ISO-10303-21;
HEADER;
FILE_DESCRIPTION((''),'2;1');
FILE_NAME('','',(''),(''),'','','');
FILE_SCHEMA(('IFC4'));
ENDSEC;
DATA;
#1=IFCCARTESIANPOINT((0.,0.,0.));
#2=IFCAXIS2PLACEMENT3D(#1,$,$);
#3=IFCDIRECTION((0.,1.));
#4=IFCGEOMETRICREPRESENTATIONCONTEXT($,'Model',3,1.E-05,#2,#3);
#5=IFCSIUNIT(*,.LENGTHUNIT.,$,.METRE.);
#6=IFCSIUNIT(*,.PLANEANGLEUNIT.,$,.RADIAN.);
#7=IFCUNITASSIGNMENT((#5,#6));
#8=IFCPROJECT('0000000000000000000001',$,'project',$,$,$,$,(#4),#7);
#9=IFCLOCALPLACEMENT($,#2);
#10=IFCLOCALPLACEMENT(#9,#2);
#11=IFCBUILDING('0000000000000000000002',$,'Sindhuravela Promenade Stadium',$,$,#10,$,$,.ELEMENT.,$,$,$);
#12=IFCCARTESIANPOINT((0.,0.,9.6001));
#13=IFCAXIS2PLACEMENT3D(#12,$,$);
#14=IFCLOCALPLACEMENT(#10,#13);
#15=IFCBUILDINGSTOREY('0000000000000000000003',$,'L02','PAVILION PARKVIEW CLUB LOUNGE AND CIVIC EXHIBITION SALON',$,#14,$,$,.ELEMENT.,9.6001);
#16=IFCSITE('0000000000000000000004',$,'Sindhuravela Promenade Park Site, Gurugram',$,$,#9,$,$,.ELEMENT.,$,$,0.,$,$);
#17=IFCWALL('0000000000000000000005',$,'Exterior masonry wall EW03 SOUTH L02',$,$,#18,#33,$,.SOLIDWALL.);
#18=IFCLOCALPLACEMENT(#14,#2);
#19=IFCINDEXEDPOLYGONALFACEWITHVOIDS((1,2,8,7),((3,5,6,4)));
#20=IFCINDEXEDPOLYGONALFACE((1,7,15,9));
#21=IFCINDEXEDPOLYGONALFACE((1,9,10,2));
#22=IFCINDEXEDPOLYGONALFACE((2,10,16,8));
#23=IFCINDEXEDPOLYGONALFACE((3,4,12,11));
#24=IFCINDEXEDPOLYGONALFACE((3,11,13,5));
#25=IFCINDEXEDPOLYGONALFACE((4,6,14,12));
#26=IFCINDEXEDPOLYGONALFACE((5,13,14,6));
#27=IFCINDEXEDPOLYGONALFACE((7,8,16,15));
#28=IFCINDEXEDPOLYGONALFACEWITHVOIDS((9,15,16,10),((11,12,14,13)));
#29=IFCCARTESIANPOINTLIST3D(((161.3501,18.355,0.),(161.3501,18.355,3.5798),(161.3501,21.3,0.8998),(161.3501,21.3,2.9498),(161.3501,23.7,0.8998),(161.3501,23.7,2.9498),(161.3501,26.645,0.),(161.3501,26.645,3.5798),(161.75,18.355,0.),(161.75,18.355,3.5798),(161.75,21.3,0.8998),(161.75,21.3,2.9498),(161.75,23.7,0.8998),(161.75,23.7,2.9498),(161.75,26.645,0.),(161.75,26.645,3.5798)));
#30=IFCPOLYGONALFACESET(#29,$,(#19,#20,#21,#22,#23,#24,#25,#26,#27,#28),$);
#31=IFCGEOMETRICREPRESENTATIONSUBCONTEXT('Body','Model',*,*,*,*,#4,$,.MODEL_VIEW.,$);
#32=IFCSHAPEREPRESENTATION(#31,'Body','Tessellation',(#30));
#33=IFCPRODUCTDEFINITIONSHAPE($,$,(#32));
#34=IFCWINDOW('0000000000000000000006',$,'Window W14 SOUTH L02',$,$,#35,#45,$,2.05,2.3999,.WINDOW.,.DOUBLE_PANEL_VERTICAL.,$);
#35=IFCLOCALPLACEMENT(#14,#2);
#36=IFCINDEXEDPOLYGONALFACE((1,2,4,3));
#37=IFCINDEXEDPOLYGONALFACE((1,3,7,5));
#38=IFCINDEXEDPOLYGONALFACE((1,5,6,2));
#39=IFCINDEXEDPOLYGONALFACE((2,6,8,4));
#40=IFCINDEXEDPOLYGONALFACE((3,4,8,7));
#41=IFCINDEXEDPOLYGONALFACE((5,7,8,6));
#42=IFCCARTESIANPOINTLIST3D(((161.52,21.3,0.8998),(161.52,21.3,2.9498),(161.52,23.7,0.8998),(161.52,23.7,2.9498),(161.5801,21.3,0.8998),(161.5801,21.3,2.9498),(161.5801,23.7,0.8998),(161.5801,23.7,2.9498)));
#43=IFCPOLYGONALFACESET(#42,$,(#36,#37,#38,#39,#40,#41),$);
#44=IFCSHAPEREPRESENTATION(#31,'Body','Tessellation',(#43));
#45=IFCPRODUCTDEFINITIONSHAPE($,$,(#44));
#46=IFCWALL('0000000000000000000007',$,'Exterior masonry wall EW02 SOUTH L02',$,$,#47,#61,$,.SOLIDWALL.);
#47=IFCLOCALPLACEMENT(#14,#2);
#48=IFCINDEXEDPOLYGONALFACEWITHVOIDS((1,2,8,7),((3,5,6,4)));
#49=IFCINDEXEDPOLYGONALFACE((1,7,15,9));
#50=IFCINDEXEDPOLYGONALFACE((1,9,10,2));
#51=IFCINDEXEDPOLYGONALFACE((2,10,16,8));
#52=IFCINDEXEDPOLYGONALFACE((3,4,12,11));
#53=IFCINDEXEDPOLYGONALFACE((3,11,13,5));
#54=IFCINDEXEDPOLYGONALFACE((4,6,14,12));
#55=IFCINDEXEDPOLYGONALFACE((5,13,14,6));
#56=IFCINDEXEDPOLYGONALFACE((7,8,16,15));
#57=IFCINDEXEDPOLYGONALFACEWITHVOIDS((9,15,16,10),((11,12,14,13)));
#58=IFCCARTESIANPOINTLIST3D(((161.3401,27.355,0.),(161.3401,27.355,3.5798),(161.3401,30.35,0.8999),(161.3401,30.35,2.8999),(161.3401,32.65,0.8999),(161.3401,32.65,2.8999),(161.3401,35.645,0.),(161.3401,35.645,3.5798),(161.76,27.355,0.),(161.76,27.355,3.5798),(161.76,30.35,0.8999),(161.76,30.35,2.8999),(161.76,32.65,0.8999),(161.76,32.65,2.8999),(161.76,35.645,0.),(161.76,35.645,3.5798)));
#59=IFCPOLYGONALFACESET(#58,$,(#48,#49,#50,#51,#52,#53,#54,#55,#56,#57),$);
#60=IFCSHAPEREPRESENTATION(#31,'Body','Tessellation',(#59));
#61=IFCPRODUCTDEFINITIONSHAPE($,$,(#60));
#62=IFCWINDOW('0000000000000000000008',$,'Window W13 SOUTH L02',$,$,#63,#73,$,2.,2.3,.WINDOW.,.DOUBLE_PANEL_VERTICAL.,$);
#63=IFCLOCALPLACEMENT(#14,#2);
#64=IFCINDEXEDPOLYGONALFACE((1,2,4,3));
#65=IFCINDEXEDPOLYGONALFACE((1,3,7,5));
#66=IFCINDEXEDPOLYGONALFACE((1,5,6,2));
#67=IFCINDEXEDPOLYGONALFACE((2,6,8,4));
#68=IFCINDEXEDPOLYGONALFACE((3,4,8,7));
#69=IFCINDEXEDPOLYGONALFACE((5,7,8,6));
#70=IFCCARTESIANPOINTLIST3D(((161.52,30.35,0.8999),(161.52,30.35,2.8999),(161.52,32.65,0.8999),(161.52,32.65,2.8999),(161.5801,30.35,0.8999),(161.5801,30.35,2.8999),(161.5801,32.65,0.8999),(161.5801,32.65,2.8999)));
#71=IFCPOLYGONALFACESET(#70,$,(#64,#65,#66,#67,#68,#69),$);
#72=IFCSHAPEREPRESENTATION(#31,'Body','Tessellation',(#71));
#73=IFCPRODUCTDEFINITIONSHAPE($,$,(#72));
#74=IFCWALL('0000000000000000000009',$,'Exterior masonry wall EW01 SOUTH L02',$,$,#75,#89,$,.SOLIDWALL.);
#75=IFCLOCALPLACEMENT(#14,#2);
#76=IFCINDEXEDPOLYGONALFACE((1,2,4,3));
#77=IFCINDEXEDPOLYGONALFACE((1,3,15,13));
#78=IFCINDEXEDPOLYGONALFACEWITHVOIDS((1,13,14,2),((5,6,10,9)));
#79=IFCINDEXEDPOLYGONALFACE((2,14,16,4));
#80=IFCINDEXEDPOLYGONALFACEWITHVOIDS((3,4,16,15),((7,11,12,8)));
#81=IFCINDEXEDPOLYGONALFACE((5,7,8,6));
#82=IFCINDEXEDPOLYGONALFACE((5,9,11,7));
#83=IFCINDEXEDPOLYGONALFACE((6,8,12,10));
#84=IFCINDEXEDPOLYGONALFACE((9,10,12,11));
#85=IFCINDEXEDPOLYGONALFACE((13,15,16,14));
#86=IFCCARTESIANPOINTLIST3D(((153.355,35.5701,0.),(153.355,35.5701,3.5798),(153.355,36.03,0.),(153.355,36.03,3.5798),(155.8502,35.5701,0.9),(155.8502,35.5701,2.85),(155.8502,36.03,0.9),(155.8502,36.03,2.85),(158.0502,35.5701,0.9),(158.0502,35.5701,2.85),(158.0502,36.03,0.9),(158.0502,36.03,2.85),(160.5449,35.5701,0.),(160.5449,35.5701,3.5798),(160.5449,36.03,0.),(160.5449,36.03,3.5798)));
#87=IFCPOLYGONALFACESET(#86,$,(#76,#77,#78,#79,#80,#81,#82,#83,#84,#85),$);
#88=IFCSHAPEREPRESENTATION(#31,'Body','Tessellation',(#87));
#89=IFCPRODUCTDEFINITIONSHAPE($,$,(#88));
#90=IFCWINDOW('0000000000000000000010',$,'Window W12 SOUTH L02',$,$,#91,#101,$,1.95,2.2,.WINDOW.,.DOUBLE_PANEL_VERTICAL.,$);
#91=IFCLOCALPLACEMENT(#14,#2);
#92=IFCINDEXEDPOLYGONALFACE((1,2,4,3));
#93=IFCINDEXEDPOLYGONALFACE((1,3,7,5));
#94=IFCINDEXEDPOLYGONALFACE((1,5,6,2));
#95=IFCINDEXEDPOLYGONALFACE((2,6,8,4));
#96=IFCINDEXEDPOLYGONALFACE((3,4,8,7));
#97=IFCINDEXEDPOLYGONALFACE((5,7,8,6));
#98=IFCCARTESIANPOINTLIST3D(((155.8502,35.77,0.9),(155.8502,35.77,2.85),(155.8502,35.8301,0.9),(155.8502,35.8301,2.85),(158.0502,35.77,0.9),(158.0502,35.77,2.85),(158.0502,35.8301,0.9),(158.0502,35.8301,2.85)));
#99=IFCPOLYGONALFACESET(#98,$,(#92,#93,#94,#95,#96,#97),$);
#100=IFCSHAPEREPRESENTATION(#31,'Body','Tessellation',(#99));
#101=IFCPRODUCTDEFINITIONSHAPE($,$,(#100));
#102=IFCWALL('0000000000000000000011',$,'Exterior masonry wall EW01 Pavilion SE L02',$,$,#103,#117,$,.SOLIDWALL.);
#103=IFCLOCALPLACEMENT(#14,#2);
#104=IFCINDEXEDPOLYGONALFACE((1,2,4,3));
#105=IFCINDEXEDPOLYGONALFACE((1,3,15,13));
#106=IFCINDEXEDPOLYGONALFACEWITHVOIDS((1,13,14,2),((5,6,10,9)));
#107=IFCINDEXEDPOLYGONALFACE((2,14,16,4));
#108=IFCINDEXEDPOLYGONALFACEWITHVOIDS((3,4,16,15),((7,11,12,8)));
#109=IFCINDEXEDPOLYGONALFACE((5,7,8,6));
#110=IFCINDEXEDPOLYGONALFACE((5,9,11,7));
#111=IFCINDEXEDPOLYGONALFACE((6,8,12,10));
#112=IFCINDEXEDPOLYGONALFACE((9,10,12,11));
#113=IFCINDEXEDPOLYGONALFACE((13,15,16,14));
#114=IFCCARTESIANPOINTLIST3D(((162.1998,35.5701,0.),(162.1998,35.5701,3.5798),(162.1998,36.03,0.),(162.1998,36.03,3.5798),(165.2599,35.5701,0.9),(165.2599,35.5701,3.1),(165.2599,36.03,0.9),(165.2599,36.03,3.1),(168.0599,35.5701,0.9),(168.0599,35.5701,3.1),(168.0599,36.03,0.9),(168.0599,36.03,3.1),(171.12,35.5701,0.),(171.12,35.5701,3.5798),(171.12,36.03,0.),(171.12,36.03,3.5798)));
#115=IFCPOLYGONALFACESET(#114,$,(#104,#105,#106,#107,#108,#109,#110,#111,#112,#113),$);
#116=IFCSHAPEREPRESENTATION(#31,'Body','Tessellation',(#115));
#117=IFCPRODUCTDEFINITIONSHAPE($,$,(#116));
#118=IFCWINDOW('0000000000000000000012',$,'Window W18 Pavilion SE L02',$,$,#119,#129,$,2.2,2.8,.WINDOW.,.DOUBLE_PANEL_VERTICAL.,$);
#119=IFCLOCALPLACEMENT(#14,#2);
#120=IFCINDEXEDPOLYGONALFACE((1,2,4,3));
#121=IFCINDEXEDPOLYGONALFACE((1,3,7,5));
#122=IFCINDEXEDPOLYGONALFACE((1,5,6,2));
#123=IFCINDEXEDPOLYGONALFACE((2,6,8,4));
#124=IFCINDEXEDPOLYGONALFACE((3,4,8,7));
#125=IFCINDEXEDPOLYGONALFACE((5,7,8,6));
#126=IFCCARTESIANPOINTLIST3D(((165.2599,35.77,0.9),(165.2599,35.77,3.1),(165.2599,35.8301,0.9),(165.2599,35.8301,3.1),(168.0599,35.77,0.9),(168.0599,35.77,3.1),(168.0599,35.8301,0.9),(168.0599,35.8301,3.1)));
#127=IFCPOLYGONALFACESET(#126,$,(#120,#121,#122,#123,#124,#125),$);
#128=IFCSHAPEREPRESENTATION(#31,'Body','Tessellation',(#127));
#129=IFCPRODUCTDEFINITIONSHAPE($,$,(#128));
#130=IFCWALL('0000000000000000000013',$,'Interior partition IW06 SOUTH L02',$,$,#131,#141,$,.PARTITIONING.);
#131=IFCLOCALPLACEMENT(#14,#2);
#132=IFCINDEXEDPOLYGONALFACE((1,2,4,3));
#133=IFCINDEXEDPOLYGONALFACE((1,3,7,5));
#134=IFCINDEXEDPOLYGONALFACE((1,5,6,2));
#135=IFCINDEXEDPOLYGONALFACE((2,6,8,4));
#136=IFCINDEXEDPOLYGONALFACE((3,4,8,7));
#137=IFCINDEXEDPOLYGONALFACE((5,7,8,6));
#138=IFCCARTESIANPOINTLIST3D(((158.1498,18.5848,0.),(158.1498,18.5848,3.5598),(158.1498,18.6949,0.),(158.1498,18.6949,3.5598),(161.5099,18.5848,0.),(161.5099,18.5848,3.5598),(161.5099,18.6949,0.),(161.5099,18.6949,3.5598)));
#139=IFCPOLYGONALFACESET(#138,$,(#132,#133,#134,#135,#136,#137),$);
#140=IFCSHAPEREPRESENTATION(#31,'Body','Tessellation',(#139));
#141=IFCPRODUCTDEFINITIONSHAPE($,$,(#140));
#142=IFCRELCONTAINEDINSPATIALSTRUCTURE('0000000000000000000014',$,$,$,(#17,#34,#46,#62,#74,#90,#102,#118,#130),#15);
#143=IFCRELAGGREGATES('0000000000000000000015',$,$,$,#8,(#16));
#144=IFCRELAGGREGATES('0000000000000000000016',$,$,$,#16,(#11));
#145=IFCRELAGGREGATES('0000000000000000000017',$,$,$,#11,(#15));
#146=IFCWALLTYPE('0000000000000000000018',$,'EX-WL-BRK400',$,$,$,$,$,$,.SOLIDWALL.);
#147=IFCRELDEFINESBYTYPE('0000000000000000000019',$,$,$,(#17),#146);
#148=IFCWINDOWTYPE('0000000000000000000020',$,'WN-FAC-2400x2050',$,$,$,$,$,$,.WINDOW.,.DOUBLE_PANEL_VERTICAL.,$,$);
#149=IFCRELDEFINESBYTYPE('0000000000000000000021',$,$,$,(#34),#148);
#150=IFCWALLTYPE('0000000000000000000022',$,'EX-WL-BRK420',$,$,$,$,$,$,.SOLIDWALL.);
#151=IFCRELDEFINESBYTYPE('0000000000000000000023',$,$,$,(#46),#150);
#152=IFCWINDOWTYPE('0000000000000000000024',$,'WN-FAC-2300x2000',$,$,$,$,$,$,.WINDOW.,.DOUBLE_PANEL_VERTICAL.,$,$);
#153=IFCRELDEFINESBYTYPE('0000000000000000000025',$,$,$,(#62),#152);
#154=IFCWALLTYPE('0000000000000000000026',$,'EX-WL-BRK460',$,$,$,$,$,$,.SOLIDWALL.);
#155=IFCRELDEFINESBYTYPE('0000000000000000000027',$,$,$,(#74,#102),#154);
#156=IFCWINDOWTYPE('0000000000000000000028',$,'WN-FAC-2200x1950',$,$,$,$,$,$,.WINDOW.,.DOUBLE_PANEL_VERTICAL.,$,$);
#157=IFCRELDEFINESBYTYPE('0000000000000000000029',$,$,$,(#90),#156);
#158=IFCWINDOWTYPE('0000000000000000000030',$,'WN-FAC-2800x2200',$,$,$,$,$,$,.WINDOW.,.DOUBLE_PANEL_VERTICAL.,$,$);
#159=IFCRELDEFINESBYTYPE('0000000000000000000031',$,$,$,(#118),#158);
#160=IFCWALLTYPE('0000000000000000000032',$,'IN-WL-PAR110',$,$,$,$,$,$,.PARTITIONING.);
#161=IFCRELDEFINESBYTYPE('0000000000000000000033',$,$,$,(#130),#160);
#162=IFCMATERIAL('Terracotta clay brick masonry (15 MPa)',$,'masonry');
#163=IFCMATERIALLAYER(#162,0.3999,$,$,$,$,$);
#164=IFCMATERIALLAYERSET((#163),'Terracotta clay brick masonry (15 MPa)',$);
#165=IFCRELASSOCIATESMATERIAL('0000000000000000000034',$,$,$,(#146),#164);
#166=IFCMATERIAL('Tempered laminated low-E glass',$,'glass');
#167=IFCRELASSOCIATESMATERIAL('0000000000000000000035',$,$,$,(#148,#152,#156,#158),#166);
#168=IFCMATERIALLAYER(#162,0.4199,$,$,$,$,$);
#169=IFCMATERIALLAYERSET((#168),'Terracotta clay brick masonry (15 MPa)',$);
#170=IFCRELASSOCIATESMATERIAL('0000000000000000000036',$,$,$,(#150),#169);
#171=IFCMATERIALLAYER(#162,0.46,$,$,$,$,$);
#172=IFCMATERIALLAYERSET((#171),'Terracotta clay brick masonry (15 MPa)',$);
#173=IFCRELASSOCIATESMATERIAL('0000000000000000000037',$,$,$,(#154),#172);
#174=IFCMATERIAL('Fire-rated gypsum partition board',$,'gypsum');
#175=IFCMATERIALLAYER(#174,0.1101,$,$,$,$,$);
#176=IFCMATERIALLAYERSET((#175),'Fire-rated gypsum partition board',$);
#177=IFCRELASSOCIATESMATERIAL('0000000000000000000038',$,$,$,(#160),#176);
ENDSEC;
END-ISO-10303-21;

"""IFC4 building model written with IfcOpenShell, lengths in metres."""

from ifc_helpers import new_model, si_unit, direction, frame, frame_2d, origin, place, context, subcontext, project, spatial, rectangle, extrude, material, layer, layer_set, type_object, element, fill, save


model = new_model("IFC4")

# Units and contexts
model_context = context("Model", 3, precision=1e-05, world=origin(), true_north=direction((0.0, 1.0)))
body_context = subcontext(model_context, "Body", "Model", "MODEL_VIEW")
ifc_project = project(units=[si_unit("LENGTHUNIT", "METRE"), si_unit("PLANEANGLEUNIT", "RADIAN")], contexts=[model_context])

# Site, building, storey
site_placement = place(None, origin())
site = spatial("IfcSite", under=ifc_project, at=site_placement, Name="Sindhuravela Promenade Park Site, Gurugram", CompositionType="ELEMENT", RefElevation=0.0)
building_placement = place(site_placement, origin())
building = spatial("IfcBuilding", under=site, at=building_placement, Name="Sindhuravela Promenade Stadium", CompositionType="ELEMENT")
storey_placement = place(building_placement, frame((0.0, 0.0, 9.6001)))
storey = spatial("IfcBuildingStorey", under=building, at=storey_placement, Name="L02", Description="PAVILION PARKVIEW CLUB LOUNGE AND CIVIC EXHIBITION SALON", CompositionType="ELEMENT", Elevation=9.6001)

# Walls, openings, windows
ifc_material_1 = material(Name="Terracotta clay brick masonry (15 MPa)", Category="masonry")
ifc_material_2 = material(Name="Tempered laminated low-E glass", Category="glass")
ifc_layer_1 = layer(ifc_material_1, 0.3999)
ifc_layer_set_1 = layer_set([ifc_layer_1], Name="Terracotta clay brick masonry (15 MPa)")
wall_type_1 = type_object("IfcWallType", Name="EX-WL-BRK400", PredefinedType="SOLIDWALL", material=ifc_layer_set_1)
wall_1_placement = place(storey_placement, frame((161.55, 26.645, 0.0), z_axis=(0.0, 0.0, 1.0), x_axis=(0.0, -1.0, 0.0)))
wall_1 = element("IfcWall", 1, at=wall_1_placement, inside=storey, type_object=wall_type_1, Name="Exterior masonry wall EW03 SOUTH L02", PredefinedType="SOLIDWALL", context=body_context, shape_type="SweptSolid", body=[
    extrude(rectangle(XDim=8.29, YDim=0.3999, at=frame_2d((4.145, 0.0))), origin(), (0.0, 0.0, 1.0), 3.5798),
])
opening_1_placement = place(wall_1_placement, frame((2.9451, 0.0, 0.8999)))
opening_1 = element("IfcOpeningElement", 2, at=opening_1_placement, cuts=wall_1, PredefinedType="OPENING", context=body_context, shape_type="SweptSolid", body=[
    extrude(rectangle(XDim=2.3999, YDim=2.05, at=frame_2d((1.2, 1.0249))), frame((0.0, 0.21, 0.0), z_axis=(0.0, -1.0, 0.0), x_axis=(1.0, 0.0, 0.0)), (0.0, 0.0, 1.0), 0.4199),
])
window_type_1 = type_object("IfcWindowType", Name="WN-FAC-2400x2050", PartitioningType="DOUBLE_PANEL_VERTICAL", PredefinedType="WINDOW", material=ifc_material_2)
window_1_placement = place(opening_1_placement, origin())
window_1 = element("IfcWindow", 3, at=window_1_placement, inside=storey, type_object=window_type_1, Name="Window W14 SOUTH L02", OverallHeight=2.05, OverallWidth=2.3999, PartitioningType="DOUBLE_PANEL_VERTICAL", PredefinedType="WINDOW", context=body_context, shape_type="SweptSolid", body=[
    extrude(rectangle(XDim=2.3999, YDim=2.05, at=frame_2d((1.2, 1.0249))), frame((0.0, 0.03, 0.0), z_axis=(0.0, -1.0, 0.0), x_axis=(1.0, 0.0, 0.0)), (0.0, 0.0, 1.0), 0.0601),
])
fill(opening_1, window_1)
ifc_layer_2 = layer(ifc_material_1, 0.4199)
ifc_layer_set_2 = layer_set([ifc_layer_2], Name="Terracotta clay brick masonry (15 MPa)")
wall_type_2 = type_object("IfcWallType", Name="EX-WL-BRK420", PredefinedType="SOLIDWALL", material=ifc_layer_set_2)
wall_2_placement = place(storey_placement, frame((161.55, 35.645, 0.0), z_axis=(0.0, 0.0, 1.0), x_axis=(0.0, -1.0, 0.0)))
wall_2 = element("IfcWall", 4, at=wall_2_placement, inside=storey, type_object=wall_type_2, Name="Exterior masonry wall EW02 SOUTH L02", PredefinedType="SOLIDWALL", context=body_context, shape_type="SweptSolid", body=[
    extrude(rectangle(XDim=8.29, YDim=0.4199, at=frame_2d((4.145, 0.0))), origin(), (0.0, 0.0, 1.0), 3.5798),
])
opening_2_placement = place(wall_2_placement, frame((2.9951, 0.0, 0.8999)))
opening_2 = element("IfcOpeningElement", 5, at=opening_2_placement, cuts=wall_2, PredefinedType="OPENING", context=body_context, shape_type="SweptSolid", body=[
    extrude(rectangle(XDim=2.3, YDim=2.0, at=frame_2d((1.1499, 1.0))), frame((0.0, 0.22, 0.0), z_axis=(0.0, -1.0, 0.0), x_axis=(1.0, 0.0, 0.0)), (0.0, 0.0, 1.0), 0.4399),
])
window_type_2 = type_object("IfcWindowType", Name="WN-FAC-2300x2000", PartitioningType="DOUBLE_PANEL_VERTICAL", PredefinedType="WINDOW", material=ifc_material_2)
window_2_placement = place(opening_2_placement, origin())
window_2 = element("IfcWindow", 6, at=window_2_placement, inside=storey, type_object=window_type_2, Name="Window W13 SOUTH L02", OverallHeight=2.0, OverallWidth=2.3, PartitioningType="DOUBLE_PANEL_VERTICAL", PredefinedType="WINDOW", context=body_context, shape_type="SweptSolid", body=[
    extrude(rectangle(XDim=2.3, YDim=2.0, at=frame_2d((1.1499, 1.0))), frame((0.0, 0.03, 0.0), z_axis=(0.0, -1.0, 0.0), x_axis=(1.0, 0.0, 0.0)), (0.0, 0.0, 1.0), 0.0601),
])
fill(opening_2, window_2)
ifc_layer_3 = layer(ifc_material_1, 0.46)
ifc_layer_set_3 = layer_set([ifc_layer_3], Name="Terracotta clay brick masonry (15 MPa)")
wall_type_3 = type_object("IfcWallType", Name="EX-WL-BRK460", PredefinedType="SOLIDWALL", material=ifc_layer_set_3)
wall_3_placement = place(storey_placement, frame((153.355, 35.8, 0.0), z_axis=(0.0, 0.0, 1.0), x_axis=(1.0, 0.0, 0.0)))
wall_3 = element("IfcWall", 7, at=wall_3_placement, inside=storey, type_object=wall_type_3, Name="Exterior masonry wall EW01 SOUTH L02", PredefinedType="SOLIDWALL", context=body_context, shape_type="SweptSolid", body=[
    extrude(rectangle(XDim=7.1899, YDim=0.46, at=frame_2d((3.595, 0.0))), origin(), (0.0, 0.0, 1.0), 3.5798),
])
opening_3_placement = place(wall_3_placement, frame((2.4951, 0.0, 0.8999)))
opening_3 = element("IfcOpeningElement", 8, at=opening_3_placement, cuts=wall_3, PredefinedType="OPENING", context=body_context, shape_type="SweptSolid", body=[
    extrude(rectangle(XDim=2.2, YDim=1.95, at=frame_2d((1.1001, 0.9751))), frame((0.0, 0.24, 0.0), z_axis=(0.0, -1.0, 0.0), x_axis=(1.0, 0.0, 0.0)), (0.0, 0.0, 1.0), 0.48),
])
window_type_3 = type_object("IfcWindowType", Name="WN-FAC-2200x1950", PartitioningType="DOUBLE_PANEL_VERTICAL", PredefinedType="WINDOW", material=ifc_material_2)
window_3_placement = place(opening_3_placement, origin())
window_3 = element("IfcWindow", 9, at=window_3_placement, inside=storey, type_object=window_type_3, Name="Window W12 SOUTH L02", OverallHeight=1.95, OverallWidth=2.2, PartitioningType="DOUBLE_PANEL_VERTICAL", PredefinedType="WINDOW", context=body_context, shape_type="SweptSolid", body=[
    extrude(rectangle(XDim=2.2, YDim=1.95, at=frame_2d((1.1001, 0.9751))), frame((0.0, 0.03, 0.0), z_axis=(0.0, -1.0, 0.0), x_axis=(1.0, 0.0, 0.0)), (0.0, 0.0, 1.0), 0.0601),
])
fill(opening_3, window_3)
wall_4_placement = place(storey_placement, frame((162.2, 35.8, 0.0), z_axis=(0.0, 0.0, 1.0), x_axis=(1.0, 0.0, 0.0)))
wall_4 = element("IfcWall", 10, at=wall_4_placement, inside=storey, type_object=wall_type_3, Name="Exterior masonry wall EW01 Pavilion SE L02", PredefinedType="SOLIDWALL", context=body_context, shape_type="SweptSolid", body=[
    extrude(rectangle(XDim=8.9202, YDim=0.46, at=frame_2d((4.46, 0.0))), origin(), (0.0, 0.0, 1.0), 3.5798),
])
opening_4_placement = place(wall_4_placement, frame((3.0601, 0.0, 0.8999)))
opening_4 = element("IfcOpeningElement", 11, at=opening_4_placement, cuts=wall_4, PredefinedType="OPENING", context=body_context, shape_type="SweptSolid", body=[
    extrude(rectangle(XDim=2.8, YDim=2.2, at=frame_2d((1.3999, 1.1001))), frame((0.0, 0.24, 0.0), z_axis=(0.0, -1.0, 0.0), x_axis=(1.0, 0.0, 0.0)), (0.0, 0.0, 1.0), 0.48),
])
window_type_4 = type_object("IfcWindowType", Name="WN-FAC-2800x2200", PartitioningType="DOUBLE_PANEL_VERTICAL", PredefinedType="WINDOW", material=ifc_material_2)
window_4_placement = place(opening_4_placement, origin())
window_4 = element("IfcWindow", 12, at=window_4_placement, inside=storey, type_object=window_type_4, Name="Window W18 Pavilion SE L02", OverallHeight=2.2, OverallWidth=2.8, PartitioningType="DOUBLE_PANEL_VERTICAL", PredefinedType="WINDOW", context=body_context, shape_type="SweptSolid", body=[
    extrude(rectangle(XDim=2.8, YDim=2.2, at=frame_2d((1.3999, 1.1001))), frame((0.0, 0.03, 0.0), z_axis=(0.0, -1.0, 0.0), x_axis=(1.0, 0.0, 0.0)), (0.0, 0.0, 1.0), 0.0601),
])
fill(opening_4, window_4)

# Wall
ifc_material_3 = material(Name="Fire-rated gypsum partition board", Category="gypsum")
ifc_layer_4 = layer(ifc_material_3, 0.1101)
ifc_layer_set_4 = layer_set([ifc_layer_4], Name="Fire-rated gypsum partition board")
wall_type_4 = type_object("IfcWallType", Name="IN-WL-PAR110", PredefinedType="PARTITIONING", material=ifc_layer_set_4)
wall_5_placement = place(storey_placement, frame((161.51, 18.6399, 0.0), z_axis=(0.0, 0.0, 1.0), x_axis=(-1.0, 0.0, 0.0)))
element("IfcWall", 13, at=wall_5_placement, inside=storey, type_object=wall_type_4, Name="Interior partition IW06 SOUTH L02", PredefinedType="PARTITIONING", context=body_context, shape_type="SweptSolid", body=[
    extrude(rectangle(XDim=3.3601, YDim=0.1101, at=frame_2d((1.6802, 0.0))), origin(), (0.0, 0.0, 1.0), 3.5598),
])

save(model, "model.ifc")
